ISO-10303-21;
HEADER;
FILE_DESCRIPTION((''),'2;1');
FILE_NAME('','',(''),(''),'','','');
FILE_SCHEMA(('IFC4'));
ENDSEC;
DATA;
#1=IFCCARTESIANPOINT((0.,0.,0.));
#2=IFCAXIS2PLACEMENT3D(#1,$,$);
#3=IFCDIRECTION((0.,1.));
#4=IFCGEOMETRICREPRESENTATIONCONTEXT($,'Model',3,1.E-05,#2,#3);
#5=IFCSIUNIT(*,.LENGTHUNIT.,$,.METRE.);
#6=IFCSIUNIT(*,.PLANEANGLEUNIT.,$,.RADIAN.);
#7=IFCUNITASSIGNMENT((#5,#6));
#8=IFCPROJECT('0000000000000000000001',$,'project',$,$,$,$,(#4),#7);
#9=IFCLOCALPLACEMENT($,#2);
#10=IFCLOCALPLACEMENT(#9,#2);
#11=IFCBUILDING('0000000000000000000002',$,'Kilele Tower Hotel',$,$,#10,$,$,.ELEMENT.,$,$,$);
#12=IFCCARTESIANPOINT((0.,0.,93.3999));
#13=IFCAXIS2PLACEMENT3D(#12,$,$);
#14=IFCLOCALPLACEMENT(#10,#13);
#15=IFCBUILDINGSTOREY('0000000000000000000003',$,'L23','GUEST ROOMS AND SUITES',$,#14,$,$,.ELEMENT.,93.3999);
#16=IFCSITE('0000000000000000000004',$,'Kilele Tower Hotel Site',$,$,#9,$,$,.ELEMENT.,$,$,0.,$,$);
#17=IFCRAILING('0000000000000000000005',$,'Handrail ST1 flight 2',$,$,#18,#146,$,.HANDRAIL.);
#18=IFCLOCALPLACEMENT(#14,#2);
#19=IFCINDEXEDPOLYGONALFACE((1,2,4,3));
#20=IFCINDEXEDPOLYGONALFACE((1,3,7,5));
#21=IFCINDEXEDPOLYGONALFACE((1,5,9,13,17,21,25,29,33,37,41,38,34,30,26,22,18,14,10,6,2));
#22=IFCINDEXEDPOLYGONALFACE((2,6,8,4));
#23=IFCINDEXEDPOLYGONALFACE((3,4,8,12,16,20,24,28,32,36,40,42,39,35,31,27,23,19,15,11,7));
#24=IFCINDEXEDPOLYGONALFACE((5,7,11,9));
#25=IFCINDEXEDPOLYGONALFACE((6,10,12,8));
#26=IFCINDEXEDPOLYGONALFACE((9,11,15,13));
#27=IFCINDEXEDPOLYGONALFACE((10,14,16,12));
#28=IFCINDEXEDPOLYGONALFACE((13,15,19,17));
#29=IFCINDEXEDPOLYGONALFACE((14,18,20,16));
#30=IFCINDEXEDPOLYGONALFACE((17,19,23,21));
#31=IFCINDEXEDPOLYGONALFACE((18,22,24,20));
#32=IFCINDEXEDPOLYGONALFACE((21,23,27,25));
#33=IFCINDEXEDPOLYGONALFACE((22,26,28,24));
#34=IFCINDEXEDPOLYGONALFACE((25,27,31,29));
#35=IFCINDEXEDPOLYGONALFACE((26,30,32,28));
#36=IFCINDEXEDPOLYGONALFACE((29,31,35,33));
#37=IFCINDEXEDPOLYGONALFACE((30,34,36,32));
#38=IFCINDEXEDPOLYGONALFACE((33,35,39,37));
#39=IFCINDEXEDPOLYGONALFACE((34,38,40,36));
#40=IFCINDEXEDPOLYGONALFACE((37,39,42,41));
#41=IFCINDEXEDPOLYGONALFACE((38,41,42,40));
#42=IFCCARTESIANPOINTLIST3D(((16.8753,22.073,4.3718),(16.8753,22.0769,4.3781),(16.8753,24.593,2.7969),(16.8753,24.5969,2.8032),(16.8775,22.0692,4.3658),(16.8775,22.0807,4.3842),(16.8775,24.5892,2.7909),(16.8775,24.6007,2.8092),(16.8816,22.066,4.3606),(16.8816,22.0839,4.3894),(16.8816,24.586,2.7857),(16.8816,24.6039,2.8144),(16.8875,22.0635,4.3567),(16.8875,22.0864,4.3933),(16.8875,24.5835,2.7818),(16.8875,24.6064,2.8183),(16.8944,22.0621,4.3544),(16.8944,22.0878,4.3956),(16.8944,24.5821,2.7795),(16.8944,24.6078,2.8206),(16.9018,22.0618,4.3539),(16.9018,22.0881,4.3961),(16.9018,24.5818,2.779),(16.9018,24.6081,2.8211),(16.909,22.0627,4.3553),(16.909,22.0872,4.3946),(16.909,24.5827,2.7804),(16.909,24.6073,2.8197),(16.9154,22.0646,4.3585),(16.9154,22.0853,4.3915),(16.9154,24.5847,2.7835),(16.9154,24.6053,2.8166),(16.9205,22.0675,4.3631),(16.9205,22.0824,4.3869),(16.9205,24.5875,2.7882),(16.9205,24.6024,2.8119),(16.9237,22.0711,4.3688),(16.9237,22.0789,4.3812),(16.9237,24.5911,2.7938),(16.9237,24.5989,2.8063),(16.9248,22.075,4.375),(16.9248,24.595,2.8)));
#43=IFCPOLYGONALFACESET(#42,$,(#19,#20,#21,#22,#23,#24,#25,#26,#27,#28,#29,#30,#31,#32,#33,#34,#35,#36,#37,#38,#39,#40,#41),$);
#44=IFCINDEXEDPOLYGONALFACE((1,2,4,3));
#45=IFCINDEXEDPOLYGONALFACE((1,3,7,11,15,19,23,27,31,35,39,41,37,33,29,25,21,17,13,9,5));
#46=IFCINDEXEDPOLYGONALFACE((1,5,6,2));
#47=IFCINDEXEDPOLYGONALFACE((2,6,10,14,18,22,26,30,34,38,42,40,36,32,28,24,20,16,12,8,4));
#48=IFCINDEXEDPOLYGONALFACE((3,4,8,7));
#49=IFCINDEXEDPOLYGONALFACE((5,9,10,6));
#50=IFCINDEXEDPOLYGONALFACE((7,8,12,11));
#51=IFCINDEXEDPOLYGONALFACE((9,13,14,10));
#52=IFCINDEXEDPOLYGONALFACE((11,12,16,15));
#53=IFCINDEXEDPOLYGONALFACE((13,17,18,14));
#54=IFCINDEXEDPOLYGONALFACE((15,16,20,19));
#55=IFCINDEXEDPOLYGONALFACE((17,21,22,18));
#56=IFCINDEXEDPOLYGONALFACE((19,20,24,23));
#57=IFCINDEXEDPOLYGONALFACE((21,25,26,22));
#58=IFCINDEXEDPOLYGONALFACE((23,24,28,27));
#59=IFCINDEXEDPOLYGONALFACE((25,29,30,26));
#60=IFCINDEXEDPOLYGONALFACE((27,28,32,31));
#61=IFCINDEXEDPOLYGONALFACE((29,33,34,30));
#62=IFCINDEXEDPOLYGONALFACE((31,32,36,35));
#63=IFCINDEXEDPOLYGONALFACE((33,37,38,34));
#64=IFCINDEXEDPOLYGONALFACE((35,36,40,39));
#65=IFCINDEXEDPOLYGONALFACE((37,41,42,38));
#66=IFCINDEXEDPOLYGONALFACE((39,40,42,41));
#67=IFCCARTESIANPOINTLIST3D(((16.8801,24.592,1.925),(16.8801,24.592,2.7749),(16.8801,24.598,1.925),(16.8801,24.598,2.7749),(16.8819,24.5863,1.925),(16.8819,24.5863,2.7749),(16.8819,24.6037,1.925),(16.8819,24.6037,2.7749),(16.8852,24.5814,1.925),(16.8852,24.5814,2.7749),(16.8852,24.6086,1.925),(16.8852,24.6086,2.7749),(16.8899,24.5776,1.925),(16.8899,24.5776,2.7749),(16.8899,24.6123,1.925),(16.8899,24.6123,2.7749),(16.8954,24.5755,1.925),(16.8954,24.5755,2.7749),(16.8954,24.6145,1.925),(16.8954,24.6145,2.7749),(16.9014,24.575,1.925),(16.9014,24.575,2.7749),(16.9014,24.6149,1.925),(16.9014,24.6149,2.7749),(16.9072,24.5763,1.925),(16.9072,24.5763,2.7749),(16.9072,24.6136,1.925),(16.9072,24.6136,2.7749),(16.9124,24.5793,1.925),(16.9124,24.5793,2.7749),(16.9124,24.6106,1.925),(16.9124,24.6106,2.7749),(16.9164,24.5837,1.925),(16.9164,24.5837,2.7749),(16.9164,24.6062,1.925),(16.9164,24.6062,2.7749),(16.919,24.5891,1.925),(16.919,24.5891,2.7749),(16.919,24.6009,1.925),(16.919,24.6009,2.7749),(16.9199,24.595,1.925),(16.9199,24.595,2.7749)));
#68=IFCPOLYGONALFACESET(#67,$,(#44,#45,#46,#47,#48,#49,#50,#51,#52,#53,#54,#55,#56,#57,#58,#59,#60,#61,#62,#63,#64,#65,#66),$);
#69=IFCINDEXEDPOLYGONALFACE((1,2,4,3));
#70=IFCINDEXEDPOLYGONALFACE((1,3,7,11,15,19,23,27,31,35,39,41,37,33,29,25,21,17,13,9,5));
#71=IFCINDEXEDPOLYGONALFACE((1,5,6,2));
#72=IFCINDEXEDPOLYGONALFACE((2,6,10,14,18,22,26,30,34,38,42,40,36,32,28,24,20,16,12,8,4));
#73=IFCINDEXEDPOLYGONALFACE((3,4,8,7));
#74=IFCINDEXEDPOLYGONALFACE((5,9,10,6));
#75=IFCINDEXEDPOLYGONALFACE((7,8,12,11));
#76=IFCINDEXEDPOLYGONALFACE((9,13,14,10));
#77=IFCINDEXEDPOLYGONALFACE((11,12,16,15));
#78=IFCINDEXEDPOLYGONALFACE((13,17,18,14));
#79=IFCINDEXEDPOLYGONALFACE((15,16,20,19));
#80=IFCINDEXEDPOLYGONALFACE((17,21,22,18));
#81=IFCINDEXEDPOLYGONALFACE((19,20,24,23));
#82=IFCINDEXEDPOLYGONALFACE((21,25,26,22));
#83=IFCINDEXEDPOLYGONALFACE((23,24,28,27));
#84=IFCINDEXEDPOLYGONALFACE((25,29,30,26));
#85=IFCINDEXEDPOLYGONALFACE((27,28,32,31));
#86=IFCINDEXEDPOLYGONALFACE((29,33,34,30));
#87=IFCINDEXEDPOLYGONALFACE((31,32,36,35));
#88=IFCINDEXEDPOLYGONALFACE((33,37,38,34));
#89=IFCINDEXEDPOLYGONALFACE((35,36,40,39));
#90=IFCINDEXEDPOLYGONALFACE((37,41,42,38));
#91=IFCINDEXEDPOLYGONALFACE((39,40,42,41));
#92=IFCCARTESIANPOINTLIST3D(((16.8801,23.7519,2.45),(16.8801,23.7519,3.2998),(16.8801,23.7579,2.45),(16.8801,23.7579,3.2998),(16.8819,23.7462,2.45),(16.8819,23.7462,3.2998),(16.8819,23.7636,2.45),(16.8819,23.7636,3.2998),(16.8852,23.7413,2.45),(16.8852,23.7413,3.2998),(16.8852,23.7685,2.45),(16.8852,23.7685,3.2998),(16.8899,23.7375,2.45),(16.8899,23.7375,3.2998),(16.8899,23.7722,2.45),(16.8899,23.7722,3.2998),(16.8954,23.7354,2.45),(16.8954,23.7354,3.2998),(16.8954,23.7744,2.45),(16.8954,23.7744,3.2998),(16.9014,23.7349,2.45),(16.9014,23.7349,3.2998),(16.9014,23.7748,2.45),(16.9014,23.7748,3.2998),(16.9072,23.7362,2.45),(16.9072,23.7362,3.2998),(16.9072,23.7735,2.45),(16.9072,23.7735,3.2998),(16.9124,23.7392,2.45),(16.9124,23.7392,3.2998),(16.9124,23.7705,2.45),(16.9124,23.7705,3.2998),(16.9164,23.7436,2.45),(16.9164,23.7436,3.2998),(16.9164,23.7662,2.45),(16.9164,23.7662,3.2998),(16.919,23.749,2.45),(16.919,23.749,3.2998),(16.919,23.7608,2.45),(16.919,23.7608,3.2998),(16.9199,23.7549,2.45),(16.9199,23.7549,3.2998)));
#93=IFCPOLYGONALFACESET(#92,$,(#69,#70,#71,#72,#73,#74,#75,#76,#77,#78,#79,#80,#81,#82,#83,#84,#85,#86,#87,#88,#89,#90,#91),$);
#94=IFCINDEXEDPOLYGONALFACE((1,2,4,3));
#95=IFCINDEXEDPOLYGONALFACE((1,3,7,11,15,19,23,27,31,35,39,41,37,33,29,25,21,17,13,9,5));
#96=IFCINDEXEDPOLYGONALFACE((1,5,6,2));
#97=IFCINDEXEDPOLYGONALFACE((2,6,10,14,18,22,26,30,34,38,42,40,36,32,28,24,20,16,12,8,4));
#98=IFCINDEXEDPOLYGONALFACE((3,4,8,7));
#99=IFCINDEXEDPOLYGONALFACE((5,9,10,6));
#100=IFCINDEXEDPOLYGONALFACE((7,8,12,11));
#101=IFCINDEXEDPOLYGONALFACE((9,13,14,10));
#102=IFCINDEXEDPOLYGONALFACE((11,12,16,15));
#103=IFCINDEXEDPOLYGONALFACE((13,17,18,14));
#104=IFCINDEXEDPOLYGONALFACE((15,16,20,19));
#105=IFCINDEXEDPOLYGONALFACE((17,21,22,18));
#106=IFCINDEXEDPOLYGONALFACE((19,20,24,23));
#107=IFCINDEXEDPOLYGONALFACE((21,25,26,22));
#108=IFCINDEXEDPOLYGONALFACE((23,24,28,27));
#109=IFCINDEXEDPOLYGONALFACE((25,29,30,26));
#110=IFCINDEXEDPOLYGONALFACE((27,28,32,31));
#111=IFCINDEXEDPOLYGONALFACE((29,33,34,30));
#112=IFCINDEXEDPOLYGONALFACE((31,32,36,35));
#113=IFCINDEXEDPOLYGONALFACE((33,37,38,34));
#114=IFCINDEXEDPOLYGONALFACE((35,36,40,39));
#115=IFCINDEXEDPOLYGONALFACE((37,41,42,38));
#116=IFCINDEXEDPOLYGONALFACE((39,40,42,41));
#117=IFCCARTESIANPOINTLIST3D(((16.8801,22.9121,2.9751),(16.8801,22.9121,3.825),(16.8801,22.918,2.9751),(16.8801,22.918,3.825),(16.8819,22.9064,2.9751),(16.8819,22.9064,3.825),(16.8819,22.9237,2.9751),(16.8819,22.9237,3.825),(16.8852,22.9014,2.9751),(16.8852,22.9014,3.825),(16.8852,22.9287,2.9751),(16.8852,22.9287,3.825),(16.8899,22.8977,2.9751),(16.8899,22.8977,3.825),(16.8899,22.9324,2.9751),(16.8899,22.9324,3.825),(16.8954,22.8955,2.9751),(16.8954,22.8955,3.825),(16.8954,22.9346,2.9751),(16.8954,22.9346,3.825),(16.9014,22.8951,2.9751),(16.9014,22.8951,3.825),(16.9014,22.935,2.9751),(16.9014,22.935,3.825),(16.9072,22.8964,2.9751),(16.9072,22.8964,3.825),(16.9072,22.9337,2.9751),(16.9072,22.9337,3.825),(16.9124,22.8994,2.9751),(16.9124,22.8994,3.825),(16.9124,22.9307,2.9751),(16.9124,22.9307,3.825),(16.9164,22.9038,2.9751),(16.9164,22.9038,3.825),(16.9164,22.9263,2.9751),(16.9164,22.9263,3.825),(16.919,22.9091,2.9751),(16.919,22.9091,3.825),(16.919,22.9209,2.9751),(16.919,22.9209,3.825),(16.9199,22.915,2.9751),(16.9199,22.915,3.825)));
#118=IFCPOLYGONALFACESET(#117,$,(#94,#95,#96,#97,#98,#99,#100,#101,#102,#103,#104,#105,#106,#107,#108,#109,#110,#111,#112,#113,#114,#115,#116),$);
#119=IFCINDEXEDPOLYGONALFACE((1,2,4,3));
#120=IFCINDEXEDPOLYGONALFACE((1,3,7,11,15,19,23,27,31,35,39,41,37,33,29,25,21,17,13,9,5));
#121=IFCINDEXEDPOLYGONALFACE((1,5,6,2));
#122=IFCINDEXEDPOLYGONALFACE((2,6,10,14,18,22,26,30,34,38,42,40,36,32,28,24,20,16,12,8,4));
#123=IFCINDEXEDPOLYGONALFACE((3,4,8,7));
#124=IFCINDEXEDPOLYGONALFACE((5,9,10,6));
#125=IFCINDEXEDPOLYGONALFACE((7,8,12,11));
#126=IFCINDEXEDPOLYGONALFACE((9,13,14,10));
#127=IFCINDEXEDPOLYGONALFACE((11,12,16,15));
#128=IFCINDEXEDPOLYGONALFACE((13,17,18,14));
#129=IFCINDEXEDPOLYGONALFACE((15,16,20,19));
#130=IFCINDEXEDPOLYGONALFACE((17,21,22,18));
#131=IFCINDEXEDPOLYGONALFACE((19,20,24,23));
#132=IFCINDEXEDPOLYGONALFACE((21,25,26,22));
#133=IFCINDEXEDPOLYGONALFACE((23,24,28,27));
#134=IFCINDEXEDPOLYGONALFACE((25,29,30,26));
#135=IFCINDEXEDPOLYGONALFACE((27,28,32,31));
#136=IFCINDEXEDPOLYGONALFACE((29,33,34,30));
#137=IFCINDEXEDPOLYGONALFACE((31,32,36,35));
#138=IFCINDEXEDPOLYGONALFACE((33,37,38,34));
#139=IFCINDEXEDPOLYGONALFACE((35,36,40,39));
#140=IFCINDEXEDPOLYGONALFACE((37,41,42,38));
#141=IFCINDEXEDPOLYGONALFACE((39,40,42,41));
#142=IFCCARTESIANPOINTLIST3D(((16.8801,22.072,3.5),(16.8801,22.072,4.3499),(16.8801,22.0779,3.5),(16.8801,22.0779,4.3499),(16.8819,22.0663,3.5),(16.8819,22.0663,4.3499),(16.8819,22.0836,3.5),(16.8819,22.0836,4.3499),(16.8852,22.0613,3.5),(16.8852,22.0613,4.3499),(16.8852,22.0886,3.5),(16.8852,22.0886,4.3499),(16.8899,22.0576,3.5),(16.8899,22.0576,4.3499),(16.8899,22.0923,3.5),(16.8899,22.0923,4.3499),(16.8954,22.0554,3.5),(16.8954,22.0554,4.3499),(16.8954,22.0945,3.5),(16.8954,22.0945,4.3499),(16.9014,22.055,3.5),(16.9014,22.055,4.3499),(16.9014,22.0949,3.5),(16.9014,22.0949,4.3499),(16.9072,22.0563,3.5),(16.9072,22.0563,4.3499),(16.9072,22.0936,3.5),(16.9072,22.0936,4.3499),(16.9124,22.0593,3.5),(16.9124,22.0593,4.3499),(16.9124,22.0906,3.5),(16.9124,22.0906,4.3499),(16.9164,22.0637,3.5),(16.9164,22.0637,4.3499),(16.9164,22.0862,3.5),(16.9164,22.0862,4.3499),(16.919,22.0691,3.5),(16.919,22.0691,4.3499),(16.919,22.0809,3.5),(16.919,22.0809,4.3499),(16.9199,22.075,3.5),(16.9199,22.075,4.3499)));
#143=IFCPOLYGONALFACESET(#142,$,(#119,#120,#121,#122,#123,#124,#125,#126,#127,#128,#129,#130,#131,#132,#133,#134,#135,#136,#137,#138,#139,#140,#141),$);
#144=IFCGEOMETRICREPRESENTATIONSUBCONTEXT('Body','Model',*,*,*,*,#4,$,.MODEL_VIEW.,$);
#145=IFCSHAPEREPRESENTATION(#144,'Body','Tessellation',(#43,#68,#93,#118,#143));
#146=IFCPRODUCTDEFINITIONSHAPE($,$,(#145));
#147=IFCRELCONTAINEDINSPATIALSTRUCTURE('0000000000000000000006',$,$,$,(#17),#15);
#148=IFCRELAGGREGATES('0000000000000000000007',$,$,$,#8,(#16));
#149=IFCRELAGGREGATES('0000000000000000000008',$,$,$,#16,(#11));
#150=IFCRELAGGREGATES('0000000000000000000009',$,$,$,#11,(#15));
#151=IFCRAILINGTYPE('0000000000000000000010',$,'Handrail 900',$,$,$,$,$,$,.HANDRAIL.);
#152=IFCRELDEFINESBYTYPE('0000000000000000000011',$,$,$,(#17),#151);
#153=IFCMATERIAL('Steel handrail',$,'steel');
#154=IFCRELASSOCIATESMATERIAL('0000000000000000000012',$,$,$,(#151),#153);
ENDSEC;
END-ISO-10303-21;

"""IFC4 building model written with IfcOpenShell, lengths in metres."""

from ifc_helpers import new_model, si_unit, direction, frame, origin, origin_2d, place, context, subcontext, project, spatial, circle, extrude, material, type_object, element, save


model = new_model("IFC4")

# Units and contexts
model_context = context("Model", 3, precision=1e-05, world=origin(), true_north=direction((0.0, 1.0)))
body_context = subcontext(model_context, "Body", "Model", "MODEL_VIEW")
ifc_project = project(units=[si_unit("LENGTHUNIT", "METRE"), si_unit("PLANEANGLEUNIT", "RADIAN")], contexts=[model_context])

# Site, building, storey
site_placement = place(None, origin())
site = spatial("IfcSite", under=ifc_project, at=site_placement, Name="Kilele Tower Hotel Site", CompositionType="ELEMENT", RefElevation=0.0)
building_placement = place(site_placement, origin())
building = spatial("IfcBuilding", under=site, at=building_placement, Name="Kilele Tower Hotel", CompositionType="ELEMENT")
storey_placement = place(building_placement, frame((0.0, 0.0, 93.3999)))
storey = spatial("IfcBuildingStorey", under=building, at=storey_placement, Name="L23", Description="GUEST ROOMS AND SUITES", CompositionType="ELEMENT", Elevation=93.3999)

# Railing
ifc_material_1 = material(Name="Steel handrail", Category="steel")
railing_type_1 = type_object("IfcRailingType", Name="Handrail 900", PredefinedType="HANDRAIL", material=ifc_material_1)
for number, where, name in (
    (1, (16.8999, 24.595, 1.925), "Handrail ST1 flight 2"),
):
    element("IfcRailing", number, at=place(storey_placement, frame(where)), inside=storey, type_object=railing_type_1, Name=name, PredefinedType="HANDRAIL", context=body_context, shape_type="SweptSolid", body=[
        extrude(circle(Radius=0.0249, at=origin_2d()), frame((0.0, 0.0, 0.875), z_axis=(0.0, -0.848008, 0.529984), x_axis=(1.0, 0.0, 0.0)), (0.0, 0.0, 1.0), 2.9717),
        extrude(circle(Radius=0.02, at=origin_2d()), origin(), (0.0, 0.0, 1.0), 0.8499),
        extrude(circle(Radius=0.02, at=origin_2d()), frame((0.0, -0.8401, 0.5249)), (0.0, 0.0, 1.0), 0.8499),
        extrude(circle(Radius=0.02, at=origin_2d()), frame((0.0, -1.6799, 1.05)), (0.0, 0.0, 1.0), 0.8499),
        extrude(circle(Radius=0.02, at=origin_2d()), frame((0.0, -2.52, 1.575)), (0.0, 0.0, 1.0), 0.8499),
    ])

save(model, "model.ifc")
